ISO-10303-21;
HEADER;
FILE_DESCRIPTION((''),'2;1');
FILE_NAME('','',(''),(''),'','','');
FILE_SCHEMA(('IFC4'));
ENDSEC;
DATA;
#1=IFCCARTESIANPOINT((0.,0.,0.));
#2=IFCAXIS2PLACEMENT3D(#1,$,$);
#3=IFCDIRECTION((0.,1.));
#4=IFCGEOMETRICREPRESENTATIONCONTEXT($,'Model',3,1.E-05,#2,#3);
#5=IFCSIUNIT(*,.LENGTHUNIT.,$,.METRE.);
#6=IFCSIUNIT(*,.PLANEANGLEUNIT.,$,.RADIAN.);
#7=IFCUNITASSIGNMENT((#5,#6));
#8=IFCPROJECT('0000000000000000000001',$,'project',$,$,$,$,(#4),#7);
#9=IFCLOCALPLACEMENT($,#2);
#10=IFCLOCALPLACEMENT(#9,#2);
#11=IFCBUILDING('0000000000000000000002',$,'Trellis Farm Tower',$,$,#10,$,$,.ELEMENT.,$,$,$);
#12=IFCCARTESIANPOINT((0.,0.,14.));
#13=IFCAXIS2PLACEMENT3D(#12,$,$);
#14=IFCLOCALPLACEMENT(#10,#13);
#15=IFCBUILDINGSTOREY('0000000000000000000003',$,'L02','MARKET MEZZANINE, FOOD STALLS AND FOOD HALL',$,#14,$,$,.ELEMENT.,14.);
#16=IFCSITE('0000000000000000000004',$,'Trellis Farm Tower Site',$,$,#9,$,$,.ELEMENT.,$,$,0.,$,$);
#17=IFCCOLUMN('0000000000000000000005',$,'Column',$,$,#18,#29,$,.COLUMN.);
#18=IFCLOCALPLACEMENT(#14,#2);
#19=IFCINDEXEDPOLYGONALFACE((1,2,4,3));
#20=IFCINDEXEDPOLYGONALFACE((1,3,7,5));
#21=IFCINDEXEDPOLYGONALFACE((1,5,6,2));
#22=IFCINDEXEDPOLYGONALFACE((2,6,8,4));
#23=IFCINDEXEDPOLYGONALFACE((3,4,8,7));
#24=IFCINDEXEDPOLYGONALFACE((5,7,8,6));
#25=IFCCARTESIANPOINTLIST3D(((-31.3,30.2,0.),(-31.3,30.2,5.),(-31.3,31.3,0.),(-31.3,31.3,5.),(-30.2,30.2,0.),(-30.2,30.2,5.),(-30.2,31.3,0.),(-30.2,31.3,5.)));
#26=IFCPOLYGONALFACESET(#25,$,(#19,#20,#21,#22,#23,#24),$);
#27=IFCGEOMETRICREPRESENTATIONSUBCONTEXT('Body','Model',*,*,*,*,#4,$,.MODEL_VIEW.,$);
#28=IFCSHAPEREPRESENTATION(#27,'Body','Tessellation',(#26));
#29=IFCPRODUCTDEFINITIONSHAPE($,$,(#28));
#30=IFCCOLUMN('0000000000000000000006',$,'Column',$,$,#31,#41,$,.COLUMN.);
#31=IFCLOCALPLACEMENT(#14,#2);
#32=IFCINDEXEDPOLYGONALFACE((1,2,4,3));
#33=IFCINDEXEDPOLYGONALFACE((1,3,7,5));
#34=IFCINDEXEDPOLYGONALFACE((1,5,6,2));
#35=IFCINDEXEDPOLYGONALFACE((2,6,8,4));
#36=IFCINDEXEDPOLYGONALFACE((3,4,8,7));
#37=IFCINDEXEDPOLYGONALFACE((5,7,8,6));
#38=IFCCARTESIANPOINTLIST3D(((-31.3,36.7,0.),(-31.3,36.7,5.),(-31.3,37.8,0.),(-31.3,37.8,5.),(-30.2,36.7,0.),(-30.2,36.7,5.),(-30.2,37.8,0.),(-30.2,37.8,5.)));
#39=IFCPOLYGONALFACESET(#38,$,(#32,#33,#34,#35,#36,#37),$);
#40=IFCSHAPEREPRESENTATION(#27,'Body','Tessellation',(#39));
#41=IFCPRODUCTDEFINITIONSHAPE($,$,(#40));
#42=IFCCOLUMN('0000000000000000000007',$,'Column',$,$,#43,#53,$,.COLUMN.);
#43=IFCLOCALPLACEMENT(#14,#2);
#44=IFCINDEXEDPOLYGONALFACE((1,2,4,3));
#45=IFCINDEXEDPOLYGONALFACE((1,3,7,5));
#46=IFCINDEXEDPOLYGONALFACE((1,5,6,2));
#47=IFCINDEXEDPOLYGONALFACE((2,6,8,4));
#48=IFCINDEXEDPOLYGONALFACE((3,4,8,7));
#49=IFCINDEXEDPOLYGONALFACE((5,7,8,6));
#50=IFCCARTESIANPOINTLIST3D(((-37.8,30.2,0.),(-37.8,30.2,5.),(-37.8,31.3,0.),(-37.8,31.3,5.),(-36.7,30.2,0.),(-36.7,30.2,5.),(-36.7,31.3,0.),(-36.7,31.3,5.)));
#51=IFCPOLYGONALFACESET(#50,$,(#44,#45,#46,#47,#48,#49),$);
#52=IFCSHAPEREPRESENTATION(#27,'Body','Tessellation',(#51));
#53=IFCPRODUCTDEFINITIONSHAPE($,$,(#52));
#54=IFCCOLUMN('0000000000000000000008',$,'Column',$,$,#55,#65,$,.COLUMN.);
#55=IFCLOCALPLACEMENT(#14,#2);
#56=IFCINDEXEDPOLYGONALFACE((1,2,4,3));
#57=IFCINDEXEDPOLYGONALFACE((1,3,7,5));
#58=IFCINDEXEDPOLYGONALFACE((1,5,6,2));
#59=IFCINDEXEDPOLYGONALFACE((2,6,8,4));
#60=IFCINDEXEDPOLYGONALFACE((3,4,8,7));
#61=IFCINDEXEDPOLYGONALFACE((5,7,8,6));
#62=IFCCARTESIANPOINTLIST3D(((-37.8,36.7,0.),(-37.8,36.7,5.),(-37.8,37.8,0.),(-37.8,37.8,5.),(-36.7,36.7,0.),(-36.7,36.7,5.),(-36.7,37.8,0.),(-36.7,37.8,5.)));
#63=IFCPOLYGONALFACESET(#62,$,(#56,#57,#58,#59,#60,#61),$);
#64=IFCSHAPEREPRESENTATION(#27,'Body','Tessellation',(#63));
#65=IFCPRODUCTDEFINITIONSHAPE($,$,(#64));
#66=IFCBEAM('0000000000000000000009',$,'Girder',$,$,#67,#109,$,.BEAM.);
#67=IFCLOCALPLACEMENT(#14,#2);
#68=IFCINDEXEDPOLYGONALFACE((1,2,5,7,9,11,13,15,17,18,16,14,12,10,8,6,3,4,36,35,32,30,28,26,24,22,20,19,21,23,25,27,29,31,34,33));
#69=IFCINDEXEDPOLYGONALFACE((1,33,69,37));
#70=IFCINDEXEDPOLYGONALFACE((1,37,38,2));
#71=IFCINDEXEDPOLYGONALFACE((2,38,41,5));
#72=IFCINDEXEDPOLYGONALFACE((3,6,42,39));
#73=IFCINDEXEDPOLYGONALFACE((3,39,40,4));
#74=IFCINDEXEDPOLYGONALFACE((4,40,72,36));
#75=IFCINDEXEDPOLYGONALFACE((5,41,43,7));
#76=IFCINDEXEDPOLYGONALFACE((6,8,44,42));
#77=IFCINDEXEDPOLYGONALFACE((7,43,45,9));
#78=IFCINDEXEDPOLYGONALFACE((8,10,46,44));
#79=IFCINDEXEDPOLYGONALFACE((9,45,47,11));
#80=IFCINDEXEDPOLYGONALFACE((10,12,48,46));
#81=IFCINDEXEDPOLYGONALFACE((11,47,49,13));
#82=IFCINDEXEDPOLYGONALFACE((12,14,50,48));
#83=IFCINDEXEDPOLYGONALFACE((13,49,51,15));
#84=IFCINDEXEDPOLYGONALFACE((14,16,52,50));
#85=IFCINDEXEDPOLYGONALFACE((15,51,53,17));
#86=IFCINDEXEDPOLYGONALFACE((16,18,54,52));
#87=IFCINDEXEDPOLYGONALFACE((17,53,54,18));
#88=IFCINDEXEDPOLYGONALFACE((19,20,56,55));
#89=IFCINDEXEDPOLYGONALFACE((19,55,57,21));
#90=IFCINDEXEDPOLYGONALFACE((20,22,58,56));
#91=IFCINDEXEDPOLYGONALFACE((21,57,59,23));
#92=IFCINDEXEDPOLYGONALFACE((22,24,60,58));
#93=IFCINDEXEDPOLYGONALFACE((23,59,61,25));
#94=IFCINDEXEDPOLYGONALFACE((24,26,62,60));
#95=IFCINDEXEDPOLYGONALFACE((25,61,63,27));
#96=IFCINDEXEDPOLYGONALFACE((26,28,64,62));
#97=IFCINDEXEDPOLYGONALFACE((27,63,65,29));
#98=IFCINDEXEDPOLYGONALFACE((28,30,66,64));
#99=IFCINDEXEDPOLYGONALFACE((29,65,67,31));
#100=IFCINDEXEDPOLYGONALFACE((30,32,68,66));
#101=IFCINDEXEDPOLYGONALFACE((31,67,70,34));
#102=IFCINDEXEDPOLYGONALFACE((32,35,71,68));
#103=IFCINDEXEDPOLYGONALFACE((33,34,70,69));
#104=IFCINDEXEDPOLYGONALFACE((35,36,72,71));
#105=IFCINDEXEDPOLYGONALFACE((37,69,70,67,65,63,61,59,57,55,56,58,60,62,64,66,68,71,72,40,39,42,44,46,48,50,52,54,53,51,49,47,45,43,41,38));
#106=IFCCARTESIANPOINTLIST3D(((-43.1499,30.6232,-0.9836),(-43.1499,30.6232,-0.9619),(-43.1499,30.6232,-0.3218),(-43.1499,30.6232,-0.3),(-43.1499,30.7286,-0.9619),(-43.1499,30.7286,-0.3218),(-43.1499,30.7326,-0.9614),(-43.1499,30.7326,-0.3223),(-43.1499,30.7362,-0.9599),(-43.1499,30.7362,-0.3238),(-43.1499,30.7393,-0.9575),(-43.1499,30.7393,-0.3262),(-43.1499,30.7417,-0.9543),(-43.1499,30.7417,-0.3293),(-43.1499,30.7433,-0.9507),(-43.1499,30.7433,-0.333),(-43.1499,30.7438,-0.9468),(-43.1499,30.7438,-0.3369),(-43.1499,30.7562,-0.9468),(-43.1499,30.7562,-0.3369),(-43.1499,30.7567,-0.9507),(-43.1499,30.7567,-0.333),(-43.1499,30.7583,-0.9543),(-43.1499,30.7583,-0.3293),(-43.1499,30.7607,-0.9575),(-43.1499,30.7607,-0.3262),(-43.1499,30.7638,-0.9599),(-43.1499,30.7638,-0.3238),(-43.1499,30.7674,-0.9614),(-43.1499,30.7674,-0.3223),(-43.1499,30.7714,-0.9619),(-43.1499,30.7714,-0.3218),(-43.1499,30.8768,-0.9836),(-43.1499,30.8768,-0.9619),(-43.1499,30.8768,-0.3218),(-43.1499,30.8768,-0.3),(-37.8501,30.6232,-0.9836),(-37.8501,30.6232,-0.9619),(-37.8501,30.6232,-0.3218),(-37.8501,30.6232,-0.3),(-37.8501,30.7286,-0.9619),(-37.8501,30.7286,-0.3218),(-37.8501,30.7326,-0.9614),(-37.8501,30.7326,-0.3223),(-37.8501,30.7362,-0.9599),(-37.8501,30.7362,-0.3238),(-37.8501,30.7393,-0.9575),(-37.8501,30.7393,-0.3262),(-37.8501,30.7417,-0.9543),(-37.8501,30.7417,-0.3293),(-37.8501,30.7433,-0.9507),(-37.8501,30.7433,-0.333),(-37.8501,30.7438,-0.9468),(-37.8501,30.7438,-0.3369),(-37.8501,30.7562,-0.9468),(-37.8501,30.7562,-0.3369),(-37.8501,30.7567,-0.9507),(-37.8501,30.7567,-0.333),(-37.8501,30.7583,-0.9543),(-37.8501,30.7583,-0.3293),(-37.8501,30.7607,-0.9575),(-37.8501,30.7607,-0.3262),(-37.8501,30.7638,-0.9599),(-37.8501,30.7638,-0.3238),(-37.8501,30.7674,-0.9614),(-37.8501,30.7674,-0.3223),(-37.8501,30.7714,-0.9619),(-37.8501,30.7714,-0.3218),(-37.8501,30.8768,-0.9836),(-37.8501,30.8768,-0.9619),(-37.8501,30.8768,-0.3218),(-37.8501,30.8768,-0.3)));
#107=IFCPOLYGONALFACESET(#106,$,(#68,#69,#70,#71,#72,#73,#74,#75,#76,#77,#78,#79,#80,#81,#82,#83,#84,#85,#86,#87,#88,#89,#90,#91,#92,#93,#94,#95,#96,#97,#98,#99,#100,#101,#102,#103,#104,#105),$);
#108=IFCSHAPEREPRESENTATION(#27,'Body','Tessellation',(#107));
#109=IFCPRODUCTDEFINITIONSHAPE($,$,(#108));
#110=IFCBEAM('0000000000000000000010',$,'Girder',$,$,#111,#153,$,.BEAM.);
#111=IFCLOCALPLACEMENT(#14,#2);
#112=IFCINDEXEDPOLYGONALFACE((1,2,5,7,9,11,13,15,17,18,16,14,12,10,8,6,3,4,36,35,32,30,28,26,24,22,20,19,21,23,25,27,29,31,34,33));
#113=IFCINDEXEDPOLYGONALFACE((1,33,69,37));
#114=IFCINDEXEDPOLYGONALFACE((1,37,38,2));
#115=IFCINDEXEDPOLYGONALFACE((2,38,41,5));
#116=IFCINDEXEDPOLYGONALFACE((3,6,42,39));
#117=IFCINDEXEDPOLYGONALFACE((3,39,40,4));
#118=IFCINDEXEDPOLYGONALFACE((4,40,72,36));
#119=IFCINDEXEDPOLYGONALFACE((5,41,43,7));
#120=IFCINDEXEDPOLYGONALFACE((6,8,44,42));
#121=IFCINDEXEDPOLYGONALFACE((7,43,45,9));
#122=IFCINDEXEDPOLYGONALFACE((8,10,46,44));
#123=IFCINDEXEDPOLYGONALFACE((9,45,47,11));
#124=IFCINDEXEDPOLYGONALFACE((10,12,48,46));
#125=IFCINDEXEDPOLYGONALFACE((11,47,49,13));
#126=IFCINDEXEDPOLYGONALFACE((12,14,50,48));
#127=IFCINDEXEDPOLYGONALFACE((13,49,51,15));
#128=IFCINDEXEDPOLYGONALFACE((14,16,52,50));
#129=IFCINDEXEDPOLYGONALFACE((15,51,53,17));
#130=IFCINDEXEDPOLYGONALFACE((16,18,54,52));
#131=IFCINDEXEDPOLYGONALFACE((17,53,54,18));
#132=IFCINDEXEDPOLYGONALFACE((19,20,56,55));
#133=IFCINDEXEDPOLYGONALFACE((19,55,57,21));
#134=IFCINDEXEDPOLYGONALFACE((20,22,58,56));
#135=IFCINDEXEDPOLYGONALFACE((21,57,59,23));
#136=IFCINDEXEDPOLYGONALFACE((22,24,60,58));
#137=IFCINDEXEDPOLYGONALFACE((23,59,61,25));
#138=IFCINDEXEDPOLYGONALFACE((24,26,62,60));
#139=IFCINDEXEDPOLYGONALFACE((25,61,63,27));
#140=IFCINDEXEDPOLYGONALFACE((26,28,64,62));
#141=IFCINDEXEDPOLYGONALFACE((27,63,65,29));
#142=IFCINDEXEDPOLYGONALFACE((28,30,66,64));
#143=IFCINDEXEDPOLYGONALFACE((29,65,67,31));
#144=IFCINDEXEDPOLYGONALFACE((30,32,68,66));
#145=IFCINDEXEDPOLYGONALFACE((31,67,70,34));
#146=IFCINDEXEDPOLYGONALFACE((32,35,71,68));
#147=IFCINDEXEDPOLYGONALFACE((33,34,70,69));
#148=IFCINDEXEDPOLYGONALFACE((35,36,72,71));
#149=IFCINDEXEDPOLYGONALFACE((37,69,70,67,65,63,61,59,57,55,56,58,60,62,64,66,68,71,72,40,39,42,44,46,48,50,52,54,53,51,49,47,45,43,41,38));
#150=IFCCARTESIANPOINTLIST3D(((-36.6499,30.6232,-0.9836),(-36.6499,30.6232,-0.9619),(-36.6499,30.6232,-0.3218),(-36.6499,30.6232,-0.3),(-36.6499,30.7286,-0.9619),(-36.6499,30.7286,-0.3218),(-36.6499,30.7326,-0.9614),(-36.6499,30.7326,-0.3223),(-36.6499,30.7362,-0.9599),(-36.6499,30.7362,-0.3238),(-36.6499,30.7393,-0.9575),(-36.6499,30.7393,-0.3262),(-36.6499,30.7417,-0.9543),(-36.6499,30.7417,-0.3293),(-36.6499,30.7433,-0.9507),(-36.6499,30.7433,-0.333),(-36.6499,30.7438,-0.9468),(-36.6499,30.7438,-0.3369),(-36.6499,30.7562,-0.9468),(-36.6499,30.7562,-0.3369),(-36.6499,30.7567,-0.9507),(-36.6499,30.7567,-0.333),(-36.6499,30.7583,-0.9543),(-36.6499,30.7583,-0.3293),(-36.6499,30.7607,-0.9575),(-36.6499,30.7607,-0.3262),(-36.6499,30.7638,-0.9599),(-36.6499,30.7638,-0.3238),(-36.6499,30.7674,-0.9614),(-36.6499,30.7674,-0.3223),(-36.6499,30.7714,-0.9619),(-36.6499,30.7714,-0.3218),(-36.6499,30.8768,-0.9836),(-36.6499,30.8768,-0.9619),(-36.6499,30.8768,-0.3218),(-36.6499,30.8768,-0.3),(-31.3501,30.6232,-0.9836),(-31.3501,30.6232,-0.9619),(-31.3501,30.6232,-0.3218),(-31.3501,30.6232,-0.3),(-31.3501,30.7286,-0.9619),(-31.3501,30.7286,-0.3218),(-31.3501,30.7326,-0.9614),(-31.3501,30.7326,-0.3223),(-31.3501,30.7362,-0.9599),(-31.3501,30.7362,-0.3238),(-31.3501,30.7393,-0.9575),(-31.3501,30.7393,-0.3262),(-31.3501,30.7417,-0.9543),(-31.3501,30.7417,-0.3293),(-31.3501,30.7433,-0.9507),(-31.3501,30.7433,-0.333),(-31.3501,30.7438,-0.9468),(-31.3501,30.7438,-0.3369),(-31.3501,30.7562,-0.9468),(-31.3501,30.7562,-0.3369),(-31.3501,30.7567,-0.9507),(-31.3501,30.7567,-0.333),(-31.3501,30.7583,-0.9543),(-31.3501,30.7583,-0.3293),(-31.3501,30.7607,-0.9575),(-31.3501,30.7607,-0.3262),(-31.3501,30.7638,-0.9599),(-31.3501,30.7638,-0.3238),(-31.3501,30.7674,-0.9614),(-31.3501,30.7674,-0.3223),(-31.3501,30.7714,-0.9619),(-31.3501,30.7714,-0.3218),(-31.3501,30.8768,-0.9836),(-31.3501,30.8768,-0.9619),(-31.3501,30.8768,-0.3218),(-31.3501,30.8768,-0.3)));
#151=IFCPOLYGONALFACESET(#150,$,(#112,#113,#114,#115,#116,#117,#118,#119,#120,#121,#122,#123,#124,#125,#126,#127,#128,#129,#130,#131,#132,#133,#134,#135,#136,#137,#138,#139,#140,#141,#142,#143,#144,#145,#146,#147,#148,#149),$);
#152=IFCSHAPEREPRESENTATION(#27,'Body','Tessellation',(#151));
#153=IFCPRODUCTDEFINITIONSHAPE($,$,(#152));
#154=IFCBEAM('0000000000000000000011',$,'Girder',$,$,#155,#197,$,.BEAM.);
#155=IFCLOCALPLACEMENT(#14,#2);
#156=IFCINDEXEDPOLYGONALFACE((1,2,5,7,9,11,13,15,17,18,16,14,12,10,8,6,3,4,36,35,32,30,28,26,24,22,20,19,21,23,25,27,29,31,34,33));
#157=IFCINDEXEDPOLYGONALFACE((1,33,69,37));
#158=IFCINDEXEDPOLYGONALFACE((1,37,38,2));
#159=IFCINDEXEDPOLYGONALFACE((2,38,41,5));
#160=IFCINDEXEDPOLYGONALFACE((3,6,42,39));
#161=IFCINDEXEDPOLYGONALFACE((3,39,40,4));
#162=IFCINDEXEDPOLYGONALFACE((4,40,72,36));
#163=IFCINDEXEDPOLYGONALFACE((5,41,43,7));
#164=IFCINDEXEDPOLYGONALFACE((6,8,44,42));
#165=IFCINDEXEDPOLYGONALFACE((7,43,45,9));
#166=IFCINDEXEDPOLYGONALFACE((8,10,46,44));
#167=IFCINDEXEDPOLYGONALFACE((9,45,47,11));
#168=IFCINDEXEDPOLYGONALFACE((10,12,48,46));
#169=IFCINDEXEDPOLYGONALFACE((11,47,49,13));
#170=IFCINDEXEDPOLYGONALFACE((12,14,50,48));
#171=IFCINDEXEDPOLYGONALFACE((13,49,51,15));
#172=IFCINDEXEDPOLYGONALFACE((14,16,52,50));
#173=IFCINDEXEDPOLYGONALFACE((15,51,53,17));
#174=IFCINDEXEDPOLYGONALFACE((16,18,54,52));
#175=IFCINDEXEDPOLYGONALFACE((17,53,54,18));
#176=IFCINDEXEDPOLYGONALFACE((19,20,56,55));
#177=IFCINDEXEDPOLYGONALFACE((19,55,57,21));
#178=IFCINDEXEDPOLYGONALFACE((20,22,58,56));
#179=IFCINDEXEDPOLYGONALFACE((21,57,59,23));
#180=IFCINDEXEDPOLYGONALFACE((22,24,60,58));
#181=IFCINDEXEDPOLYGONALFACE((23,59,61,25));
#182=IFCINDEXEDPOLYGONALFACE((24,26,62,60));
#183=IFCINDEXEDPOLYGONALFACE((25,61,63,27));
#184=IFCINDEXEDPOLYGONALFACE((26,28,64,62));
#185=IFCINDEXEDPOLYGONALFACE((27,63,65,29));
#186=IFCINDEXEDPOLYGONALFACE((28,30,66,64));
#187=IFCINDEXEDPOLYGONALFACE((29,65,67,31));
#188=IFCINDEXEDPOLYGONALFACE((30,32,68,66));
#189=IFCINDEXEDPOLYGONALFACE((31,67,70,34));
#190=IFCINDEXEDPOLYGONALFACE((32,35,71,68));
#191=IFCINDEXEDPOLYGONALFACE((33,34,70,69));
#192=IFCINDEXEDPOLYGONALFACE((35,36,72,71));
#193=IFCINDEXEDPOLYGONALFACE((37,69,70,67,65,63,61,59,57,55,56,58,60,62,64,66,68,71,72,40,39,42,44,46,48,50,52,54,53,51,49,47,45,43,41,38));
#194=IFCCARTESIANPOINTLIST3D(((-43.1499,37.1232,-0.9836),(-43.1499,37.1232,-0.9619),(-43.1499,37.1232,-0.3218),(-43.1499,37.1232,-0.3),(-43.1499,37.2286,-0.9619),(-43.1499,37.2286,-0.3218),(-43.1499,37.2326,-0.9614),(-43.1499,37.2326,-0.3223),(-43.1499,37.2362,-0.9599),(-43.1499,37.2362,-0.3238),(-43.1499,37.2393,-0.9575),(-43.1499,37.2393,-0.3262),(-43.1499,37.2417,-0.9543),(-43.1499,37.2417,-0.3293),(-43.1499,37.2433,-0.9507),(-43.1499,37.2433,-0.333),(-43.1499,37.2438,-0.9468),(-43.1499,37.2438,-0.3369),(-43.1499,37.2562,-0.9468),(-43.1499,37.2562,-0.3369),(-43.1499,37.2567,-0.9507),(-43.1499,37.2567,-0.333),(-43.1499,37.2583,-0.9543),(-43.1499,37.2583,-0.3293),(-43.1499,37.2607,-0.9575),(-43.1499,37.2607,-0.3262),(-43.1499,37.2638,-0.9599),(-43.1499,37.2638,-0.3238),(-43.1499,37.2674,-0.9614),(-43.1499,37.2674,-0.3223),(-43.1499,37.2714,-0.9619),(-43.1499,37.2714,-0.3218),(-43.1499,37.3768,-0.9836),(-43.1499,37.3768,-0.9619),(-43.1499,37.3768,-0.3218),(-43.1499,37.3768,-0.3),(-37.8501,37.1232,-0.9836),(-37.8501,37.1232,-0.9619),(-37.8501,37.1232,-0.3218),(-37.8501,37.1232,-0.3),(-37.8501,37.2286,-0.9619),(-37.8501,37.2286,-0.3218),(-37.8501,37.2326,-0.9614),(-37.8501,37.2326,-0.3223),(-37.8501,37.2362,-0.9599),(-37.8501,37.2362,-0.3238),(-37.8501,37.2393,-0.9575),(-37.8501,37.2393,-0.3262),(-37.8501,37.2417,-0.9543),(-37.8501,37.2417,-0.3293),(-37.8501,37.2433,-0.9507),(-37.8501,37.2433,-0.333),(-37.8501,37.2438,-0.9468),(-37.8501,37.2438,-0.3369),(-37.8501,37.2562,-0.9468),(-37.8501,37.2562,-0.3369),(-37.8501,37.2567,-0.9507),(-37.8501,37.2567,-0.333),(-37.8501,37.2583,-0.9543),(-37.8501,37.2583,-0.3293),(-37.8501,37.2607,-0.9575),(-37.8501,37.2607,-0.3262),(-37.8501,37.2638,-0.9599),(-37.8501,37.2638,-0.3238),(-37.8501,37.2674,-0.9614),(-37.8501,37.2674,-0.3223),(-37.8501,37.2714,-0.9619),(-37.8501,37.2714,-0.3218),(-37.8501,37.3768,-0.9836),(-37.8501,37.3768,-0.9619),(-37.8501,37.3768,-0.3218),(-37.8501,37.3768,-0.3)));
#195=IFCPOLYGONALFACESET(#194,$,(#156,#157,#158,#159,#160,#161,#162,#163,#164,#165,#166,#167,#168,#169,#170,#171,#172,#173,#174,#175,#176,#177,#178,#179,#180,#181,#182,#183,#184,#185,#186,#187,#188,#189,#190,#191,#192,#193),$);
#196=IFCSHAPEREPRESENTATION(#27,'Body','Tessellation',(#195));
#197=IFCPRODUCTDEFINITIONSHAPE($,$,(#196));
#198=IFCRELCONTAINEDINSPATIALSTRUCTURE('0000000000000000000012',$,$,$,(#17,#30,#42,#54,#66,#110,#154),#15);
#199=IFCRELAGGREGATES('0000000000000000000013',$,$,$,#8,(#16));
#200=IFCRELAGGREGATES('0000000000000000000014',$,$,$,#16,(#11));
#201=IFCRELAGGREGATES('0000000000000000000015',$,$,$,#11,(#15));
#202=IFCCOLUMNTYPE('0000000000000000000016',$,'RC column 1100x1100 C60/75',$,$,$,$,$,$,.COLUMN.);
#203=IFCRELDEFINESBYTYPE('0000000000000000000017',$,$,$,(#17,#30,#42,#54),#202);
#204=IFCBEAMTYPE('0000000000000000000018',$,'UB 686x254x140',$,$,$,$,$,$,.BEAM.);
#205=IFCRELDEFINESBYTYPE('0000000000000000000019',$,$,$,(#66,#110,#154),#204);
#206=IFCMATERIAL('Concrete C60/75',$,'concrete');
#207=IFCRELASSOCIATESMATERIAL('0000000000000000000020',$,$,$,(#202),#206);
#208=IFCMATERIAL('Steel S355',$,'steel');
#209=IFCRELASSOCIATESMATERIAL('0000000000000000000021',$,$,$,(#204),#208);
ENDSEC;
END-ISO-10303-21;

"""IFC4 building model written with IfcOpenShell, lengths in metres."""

from ifc_helpers import new_model, si_unit, direction, frame, origin, origin_2d, place, context, subcontext, project, spatial, rectangle, i_section, extrude, source, transform, mapped, material, material_profile, profile_set, type_object, element, save


model = new_model("IFC4")

# Units and contexts
model_context = context("Model", 3, precision=1e-05, world=origin(), true_north=direction((0.0, 1.0)))
body_context = subcontext(model_context, "Body", "Model", "MODEL_VIEW")
ifc_project = project(units=[si_unit("LENGTHUNIT", "METRE"), si_unit("PLANEANGLEUNIT", "RADIAN")], contexts=[model_context])

# Site, building, storey
site_placement = place(None, origin())
site = spatial("IfcSite", under=ifc_project, at=site_placement, Name="Trellis Farm Tower Site", CompositionType="ELEMENT", RefElevation=0.0)
building_placement = place(site_placement, origin())
building = spatial("IfcBuilding", under=site, at=building_placement, Name="Trellis Farm Tower", CompositionType="ELEMENT")
storey_placement = place(building_placement, frame((0.0, 0.0, 14.0)))
storey = spatial("IfcBuildingStorey", under=building, at=storey_placement, Name="L02", Description="MARKET MEZZANINE, FOOD STALLS AND FOOD HALL", CompositionType="ELEMENT", Elevation=14.0)

# Columns
ifc_material_1 = material(Name="Concrete C60/75", Category="concrete")
ifc_material_profile_1 = material_profile(ifc_material_1, rectangle(XDim=1.1001, YDim=1.1001, at=origin_2d()), Name="RC column 1100x1100 C60/75")
ifc_profile_set_1 = profile_set([ifc_material_profile_1], Name="Concrete C60/75")
column_type = type_object("IfcColumnType", Name="RC column 1100x1100 C60/75", PredefinedType="COLUMN", material=ifc_profile_set_1)
shared_shape_1 = source(origin(), body_context, "Body", "SweptSolid", [
    extrude(rectangle(XDim=1.1001, YDim=1.1001, at=origin_2d()), origin(), (0.0, 0.0, 1.0), 5.0),
])
for number, where, z_axis, x_axis, name in (
    (1, (-30.75, 30.75, 0.0), (0.0, 0.0, 1.0), (1.0, 0.0, 0.0), "Column"),
    (2, (-30.75, 37.25, 0.0), (0.0, 0.0, 1.0), (1.0, 0.0, 0.0), "Column"),
    (3, (-37.25, 30.75, 0.0), (0.0, 0.0, 1.0), (1.0, 0.0, 0.0), "Column"),
    (4, (-37.25, 37.25, 0.0), (0.0, 0.0, 1.0), (1.0, 0.0, 0.0), "Column"),
):
    element("IfcColumn", number, at=place(storey_placement, frame(where, z_axis=z_axis, x_axis=x_axis)), inside=storey, type_object=column_type, Name=name, PredefinedType="COLUMN", context=body_context, shape_type="MappedRepresentation", body=[
        mapped(shared_shape_1, transform((0.0, 0.0, 0.0))),
    ])

# Beams
ifc_material_2 = material(Name="Steel S355", Category="steel")
ifc_material_profile_2 = material_profile(ifc_material_2, i_section(OverallWidth=0.2537, OverallDepth=0.6836, WebThickness=0.0125, FlangeThickness=0.0217, FilletRadius=0.0151, at=origin_2d()), Name="UB 686x254x140")
ifc_profile_set_2 = profile_set([ifc_material_profile_2], Name="Steel S355")
beam_type_1 = type_object("IfcBeamType", Name="UB 686x254x140", PredefinedType="BEAM", material=ifc_profile_set_2)
shared_shape_2 = source(origin(), body_context, "Body", "SweptSolid", [
    extrude(i_section(OverallWidth=0.2537, OverallDepth=0.6836, WebThickness=0.0125, FlangeThickness=0.0217, FilletRadius=0.0151, at=origin_2d()), origin(), (0.0, 0.0, 1.0), 5.2998),
])
for number, where, z_axis, x_axis, name in (
    (5, (-43.1499, 30.75, -0.6418), (1.0, 0.0, 0.0), (0.0, 1.0, 0.0), "Girder"),
    (6, (-36.6499, 30.75, -0.6418), (1.0, 0.0, 0.0), (0.0, 1.0, 0.0), "Girder"),
    (7, (-43.1499, 37.25, -0.6418), (1.0, 0.0, 0.0), (0.0, 1.0, 0.0), "Girder"),
):
    element("IfcBeam", number, at=place(storey_placement, frame(where, z_axis=z_axis, x_axis=x_axis)), inside=storey, type_object=beam_type_1, Name=name, PredefinedType="BEAM", context=body_context, shape_type="MappedRepresentation", body=[
        mapped(shared_shape_2, transform((0.0, 0.0, 0.0))),
    ])

save(model, "model.ifc")
